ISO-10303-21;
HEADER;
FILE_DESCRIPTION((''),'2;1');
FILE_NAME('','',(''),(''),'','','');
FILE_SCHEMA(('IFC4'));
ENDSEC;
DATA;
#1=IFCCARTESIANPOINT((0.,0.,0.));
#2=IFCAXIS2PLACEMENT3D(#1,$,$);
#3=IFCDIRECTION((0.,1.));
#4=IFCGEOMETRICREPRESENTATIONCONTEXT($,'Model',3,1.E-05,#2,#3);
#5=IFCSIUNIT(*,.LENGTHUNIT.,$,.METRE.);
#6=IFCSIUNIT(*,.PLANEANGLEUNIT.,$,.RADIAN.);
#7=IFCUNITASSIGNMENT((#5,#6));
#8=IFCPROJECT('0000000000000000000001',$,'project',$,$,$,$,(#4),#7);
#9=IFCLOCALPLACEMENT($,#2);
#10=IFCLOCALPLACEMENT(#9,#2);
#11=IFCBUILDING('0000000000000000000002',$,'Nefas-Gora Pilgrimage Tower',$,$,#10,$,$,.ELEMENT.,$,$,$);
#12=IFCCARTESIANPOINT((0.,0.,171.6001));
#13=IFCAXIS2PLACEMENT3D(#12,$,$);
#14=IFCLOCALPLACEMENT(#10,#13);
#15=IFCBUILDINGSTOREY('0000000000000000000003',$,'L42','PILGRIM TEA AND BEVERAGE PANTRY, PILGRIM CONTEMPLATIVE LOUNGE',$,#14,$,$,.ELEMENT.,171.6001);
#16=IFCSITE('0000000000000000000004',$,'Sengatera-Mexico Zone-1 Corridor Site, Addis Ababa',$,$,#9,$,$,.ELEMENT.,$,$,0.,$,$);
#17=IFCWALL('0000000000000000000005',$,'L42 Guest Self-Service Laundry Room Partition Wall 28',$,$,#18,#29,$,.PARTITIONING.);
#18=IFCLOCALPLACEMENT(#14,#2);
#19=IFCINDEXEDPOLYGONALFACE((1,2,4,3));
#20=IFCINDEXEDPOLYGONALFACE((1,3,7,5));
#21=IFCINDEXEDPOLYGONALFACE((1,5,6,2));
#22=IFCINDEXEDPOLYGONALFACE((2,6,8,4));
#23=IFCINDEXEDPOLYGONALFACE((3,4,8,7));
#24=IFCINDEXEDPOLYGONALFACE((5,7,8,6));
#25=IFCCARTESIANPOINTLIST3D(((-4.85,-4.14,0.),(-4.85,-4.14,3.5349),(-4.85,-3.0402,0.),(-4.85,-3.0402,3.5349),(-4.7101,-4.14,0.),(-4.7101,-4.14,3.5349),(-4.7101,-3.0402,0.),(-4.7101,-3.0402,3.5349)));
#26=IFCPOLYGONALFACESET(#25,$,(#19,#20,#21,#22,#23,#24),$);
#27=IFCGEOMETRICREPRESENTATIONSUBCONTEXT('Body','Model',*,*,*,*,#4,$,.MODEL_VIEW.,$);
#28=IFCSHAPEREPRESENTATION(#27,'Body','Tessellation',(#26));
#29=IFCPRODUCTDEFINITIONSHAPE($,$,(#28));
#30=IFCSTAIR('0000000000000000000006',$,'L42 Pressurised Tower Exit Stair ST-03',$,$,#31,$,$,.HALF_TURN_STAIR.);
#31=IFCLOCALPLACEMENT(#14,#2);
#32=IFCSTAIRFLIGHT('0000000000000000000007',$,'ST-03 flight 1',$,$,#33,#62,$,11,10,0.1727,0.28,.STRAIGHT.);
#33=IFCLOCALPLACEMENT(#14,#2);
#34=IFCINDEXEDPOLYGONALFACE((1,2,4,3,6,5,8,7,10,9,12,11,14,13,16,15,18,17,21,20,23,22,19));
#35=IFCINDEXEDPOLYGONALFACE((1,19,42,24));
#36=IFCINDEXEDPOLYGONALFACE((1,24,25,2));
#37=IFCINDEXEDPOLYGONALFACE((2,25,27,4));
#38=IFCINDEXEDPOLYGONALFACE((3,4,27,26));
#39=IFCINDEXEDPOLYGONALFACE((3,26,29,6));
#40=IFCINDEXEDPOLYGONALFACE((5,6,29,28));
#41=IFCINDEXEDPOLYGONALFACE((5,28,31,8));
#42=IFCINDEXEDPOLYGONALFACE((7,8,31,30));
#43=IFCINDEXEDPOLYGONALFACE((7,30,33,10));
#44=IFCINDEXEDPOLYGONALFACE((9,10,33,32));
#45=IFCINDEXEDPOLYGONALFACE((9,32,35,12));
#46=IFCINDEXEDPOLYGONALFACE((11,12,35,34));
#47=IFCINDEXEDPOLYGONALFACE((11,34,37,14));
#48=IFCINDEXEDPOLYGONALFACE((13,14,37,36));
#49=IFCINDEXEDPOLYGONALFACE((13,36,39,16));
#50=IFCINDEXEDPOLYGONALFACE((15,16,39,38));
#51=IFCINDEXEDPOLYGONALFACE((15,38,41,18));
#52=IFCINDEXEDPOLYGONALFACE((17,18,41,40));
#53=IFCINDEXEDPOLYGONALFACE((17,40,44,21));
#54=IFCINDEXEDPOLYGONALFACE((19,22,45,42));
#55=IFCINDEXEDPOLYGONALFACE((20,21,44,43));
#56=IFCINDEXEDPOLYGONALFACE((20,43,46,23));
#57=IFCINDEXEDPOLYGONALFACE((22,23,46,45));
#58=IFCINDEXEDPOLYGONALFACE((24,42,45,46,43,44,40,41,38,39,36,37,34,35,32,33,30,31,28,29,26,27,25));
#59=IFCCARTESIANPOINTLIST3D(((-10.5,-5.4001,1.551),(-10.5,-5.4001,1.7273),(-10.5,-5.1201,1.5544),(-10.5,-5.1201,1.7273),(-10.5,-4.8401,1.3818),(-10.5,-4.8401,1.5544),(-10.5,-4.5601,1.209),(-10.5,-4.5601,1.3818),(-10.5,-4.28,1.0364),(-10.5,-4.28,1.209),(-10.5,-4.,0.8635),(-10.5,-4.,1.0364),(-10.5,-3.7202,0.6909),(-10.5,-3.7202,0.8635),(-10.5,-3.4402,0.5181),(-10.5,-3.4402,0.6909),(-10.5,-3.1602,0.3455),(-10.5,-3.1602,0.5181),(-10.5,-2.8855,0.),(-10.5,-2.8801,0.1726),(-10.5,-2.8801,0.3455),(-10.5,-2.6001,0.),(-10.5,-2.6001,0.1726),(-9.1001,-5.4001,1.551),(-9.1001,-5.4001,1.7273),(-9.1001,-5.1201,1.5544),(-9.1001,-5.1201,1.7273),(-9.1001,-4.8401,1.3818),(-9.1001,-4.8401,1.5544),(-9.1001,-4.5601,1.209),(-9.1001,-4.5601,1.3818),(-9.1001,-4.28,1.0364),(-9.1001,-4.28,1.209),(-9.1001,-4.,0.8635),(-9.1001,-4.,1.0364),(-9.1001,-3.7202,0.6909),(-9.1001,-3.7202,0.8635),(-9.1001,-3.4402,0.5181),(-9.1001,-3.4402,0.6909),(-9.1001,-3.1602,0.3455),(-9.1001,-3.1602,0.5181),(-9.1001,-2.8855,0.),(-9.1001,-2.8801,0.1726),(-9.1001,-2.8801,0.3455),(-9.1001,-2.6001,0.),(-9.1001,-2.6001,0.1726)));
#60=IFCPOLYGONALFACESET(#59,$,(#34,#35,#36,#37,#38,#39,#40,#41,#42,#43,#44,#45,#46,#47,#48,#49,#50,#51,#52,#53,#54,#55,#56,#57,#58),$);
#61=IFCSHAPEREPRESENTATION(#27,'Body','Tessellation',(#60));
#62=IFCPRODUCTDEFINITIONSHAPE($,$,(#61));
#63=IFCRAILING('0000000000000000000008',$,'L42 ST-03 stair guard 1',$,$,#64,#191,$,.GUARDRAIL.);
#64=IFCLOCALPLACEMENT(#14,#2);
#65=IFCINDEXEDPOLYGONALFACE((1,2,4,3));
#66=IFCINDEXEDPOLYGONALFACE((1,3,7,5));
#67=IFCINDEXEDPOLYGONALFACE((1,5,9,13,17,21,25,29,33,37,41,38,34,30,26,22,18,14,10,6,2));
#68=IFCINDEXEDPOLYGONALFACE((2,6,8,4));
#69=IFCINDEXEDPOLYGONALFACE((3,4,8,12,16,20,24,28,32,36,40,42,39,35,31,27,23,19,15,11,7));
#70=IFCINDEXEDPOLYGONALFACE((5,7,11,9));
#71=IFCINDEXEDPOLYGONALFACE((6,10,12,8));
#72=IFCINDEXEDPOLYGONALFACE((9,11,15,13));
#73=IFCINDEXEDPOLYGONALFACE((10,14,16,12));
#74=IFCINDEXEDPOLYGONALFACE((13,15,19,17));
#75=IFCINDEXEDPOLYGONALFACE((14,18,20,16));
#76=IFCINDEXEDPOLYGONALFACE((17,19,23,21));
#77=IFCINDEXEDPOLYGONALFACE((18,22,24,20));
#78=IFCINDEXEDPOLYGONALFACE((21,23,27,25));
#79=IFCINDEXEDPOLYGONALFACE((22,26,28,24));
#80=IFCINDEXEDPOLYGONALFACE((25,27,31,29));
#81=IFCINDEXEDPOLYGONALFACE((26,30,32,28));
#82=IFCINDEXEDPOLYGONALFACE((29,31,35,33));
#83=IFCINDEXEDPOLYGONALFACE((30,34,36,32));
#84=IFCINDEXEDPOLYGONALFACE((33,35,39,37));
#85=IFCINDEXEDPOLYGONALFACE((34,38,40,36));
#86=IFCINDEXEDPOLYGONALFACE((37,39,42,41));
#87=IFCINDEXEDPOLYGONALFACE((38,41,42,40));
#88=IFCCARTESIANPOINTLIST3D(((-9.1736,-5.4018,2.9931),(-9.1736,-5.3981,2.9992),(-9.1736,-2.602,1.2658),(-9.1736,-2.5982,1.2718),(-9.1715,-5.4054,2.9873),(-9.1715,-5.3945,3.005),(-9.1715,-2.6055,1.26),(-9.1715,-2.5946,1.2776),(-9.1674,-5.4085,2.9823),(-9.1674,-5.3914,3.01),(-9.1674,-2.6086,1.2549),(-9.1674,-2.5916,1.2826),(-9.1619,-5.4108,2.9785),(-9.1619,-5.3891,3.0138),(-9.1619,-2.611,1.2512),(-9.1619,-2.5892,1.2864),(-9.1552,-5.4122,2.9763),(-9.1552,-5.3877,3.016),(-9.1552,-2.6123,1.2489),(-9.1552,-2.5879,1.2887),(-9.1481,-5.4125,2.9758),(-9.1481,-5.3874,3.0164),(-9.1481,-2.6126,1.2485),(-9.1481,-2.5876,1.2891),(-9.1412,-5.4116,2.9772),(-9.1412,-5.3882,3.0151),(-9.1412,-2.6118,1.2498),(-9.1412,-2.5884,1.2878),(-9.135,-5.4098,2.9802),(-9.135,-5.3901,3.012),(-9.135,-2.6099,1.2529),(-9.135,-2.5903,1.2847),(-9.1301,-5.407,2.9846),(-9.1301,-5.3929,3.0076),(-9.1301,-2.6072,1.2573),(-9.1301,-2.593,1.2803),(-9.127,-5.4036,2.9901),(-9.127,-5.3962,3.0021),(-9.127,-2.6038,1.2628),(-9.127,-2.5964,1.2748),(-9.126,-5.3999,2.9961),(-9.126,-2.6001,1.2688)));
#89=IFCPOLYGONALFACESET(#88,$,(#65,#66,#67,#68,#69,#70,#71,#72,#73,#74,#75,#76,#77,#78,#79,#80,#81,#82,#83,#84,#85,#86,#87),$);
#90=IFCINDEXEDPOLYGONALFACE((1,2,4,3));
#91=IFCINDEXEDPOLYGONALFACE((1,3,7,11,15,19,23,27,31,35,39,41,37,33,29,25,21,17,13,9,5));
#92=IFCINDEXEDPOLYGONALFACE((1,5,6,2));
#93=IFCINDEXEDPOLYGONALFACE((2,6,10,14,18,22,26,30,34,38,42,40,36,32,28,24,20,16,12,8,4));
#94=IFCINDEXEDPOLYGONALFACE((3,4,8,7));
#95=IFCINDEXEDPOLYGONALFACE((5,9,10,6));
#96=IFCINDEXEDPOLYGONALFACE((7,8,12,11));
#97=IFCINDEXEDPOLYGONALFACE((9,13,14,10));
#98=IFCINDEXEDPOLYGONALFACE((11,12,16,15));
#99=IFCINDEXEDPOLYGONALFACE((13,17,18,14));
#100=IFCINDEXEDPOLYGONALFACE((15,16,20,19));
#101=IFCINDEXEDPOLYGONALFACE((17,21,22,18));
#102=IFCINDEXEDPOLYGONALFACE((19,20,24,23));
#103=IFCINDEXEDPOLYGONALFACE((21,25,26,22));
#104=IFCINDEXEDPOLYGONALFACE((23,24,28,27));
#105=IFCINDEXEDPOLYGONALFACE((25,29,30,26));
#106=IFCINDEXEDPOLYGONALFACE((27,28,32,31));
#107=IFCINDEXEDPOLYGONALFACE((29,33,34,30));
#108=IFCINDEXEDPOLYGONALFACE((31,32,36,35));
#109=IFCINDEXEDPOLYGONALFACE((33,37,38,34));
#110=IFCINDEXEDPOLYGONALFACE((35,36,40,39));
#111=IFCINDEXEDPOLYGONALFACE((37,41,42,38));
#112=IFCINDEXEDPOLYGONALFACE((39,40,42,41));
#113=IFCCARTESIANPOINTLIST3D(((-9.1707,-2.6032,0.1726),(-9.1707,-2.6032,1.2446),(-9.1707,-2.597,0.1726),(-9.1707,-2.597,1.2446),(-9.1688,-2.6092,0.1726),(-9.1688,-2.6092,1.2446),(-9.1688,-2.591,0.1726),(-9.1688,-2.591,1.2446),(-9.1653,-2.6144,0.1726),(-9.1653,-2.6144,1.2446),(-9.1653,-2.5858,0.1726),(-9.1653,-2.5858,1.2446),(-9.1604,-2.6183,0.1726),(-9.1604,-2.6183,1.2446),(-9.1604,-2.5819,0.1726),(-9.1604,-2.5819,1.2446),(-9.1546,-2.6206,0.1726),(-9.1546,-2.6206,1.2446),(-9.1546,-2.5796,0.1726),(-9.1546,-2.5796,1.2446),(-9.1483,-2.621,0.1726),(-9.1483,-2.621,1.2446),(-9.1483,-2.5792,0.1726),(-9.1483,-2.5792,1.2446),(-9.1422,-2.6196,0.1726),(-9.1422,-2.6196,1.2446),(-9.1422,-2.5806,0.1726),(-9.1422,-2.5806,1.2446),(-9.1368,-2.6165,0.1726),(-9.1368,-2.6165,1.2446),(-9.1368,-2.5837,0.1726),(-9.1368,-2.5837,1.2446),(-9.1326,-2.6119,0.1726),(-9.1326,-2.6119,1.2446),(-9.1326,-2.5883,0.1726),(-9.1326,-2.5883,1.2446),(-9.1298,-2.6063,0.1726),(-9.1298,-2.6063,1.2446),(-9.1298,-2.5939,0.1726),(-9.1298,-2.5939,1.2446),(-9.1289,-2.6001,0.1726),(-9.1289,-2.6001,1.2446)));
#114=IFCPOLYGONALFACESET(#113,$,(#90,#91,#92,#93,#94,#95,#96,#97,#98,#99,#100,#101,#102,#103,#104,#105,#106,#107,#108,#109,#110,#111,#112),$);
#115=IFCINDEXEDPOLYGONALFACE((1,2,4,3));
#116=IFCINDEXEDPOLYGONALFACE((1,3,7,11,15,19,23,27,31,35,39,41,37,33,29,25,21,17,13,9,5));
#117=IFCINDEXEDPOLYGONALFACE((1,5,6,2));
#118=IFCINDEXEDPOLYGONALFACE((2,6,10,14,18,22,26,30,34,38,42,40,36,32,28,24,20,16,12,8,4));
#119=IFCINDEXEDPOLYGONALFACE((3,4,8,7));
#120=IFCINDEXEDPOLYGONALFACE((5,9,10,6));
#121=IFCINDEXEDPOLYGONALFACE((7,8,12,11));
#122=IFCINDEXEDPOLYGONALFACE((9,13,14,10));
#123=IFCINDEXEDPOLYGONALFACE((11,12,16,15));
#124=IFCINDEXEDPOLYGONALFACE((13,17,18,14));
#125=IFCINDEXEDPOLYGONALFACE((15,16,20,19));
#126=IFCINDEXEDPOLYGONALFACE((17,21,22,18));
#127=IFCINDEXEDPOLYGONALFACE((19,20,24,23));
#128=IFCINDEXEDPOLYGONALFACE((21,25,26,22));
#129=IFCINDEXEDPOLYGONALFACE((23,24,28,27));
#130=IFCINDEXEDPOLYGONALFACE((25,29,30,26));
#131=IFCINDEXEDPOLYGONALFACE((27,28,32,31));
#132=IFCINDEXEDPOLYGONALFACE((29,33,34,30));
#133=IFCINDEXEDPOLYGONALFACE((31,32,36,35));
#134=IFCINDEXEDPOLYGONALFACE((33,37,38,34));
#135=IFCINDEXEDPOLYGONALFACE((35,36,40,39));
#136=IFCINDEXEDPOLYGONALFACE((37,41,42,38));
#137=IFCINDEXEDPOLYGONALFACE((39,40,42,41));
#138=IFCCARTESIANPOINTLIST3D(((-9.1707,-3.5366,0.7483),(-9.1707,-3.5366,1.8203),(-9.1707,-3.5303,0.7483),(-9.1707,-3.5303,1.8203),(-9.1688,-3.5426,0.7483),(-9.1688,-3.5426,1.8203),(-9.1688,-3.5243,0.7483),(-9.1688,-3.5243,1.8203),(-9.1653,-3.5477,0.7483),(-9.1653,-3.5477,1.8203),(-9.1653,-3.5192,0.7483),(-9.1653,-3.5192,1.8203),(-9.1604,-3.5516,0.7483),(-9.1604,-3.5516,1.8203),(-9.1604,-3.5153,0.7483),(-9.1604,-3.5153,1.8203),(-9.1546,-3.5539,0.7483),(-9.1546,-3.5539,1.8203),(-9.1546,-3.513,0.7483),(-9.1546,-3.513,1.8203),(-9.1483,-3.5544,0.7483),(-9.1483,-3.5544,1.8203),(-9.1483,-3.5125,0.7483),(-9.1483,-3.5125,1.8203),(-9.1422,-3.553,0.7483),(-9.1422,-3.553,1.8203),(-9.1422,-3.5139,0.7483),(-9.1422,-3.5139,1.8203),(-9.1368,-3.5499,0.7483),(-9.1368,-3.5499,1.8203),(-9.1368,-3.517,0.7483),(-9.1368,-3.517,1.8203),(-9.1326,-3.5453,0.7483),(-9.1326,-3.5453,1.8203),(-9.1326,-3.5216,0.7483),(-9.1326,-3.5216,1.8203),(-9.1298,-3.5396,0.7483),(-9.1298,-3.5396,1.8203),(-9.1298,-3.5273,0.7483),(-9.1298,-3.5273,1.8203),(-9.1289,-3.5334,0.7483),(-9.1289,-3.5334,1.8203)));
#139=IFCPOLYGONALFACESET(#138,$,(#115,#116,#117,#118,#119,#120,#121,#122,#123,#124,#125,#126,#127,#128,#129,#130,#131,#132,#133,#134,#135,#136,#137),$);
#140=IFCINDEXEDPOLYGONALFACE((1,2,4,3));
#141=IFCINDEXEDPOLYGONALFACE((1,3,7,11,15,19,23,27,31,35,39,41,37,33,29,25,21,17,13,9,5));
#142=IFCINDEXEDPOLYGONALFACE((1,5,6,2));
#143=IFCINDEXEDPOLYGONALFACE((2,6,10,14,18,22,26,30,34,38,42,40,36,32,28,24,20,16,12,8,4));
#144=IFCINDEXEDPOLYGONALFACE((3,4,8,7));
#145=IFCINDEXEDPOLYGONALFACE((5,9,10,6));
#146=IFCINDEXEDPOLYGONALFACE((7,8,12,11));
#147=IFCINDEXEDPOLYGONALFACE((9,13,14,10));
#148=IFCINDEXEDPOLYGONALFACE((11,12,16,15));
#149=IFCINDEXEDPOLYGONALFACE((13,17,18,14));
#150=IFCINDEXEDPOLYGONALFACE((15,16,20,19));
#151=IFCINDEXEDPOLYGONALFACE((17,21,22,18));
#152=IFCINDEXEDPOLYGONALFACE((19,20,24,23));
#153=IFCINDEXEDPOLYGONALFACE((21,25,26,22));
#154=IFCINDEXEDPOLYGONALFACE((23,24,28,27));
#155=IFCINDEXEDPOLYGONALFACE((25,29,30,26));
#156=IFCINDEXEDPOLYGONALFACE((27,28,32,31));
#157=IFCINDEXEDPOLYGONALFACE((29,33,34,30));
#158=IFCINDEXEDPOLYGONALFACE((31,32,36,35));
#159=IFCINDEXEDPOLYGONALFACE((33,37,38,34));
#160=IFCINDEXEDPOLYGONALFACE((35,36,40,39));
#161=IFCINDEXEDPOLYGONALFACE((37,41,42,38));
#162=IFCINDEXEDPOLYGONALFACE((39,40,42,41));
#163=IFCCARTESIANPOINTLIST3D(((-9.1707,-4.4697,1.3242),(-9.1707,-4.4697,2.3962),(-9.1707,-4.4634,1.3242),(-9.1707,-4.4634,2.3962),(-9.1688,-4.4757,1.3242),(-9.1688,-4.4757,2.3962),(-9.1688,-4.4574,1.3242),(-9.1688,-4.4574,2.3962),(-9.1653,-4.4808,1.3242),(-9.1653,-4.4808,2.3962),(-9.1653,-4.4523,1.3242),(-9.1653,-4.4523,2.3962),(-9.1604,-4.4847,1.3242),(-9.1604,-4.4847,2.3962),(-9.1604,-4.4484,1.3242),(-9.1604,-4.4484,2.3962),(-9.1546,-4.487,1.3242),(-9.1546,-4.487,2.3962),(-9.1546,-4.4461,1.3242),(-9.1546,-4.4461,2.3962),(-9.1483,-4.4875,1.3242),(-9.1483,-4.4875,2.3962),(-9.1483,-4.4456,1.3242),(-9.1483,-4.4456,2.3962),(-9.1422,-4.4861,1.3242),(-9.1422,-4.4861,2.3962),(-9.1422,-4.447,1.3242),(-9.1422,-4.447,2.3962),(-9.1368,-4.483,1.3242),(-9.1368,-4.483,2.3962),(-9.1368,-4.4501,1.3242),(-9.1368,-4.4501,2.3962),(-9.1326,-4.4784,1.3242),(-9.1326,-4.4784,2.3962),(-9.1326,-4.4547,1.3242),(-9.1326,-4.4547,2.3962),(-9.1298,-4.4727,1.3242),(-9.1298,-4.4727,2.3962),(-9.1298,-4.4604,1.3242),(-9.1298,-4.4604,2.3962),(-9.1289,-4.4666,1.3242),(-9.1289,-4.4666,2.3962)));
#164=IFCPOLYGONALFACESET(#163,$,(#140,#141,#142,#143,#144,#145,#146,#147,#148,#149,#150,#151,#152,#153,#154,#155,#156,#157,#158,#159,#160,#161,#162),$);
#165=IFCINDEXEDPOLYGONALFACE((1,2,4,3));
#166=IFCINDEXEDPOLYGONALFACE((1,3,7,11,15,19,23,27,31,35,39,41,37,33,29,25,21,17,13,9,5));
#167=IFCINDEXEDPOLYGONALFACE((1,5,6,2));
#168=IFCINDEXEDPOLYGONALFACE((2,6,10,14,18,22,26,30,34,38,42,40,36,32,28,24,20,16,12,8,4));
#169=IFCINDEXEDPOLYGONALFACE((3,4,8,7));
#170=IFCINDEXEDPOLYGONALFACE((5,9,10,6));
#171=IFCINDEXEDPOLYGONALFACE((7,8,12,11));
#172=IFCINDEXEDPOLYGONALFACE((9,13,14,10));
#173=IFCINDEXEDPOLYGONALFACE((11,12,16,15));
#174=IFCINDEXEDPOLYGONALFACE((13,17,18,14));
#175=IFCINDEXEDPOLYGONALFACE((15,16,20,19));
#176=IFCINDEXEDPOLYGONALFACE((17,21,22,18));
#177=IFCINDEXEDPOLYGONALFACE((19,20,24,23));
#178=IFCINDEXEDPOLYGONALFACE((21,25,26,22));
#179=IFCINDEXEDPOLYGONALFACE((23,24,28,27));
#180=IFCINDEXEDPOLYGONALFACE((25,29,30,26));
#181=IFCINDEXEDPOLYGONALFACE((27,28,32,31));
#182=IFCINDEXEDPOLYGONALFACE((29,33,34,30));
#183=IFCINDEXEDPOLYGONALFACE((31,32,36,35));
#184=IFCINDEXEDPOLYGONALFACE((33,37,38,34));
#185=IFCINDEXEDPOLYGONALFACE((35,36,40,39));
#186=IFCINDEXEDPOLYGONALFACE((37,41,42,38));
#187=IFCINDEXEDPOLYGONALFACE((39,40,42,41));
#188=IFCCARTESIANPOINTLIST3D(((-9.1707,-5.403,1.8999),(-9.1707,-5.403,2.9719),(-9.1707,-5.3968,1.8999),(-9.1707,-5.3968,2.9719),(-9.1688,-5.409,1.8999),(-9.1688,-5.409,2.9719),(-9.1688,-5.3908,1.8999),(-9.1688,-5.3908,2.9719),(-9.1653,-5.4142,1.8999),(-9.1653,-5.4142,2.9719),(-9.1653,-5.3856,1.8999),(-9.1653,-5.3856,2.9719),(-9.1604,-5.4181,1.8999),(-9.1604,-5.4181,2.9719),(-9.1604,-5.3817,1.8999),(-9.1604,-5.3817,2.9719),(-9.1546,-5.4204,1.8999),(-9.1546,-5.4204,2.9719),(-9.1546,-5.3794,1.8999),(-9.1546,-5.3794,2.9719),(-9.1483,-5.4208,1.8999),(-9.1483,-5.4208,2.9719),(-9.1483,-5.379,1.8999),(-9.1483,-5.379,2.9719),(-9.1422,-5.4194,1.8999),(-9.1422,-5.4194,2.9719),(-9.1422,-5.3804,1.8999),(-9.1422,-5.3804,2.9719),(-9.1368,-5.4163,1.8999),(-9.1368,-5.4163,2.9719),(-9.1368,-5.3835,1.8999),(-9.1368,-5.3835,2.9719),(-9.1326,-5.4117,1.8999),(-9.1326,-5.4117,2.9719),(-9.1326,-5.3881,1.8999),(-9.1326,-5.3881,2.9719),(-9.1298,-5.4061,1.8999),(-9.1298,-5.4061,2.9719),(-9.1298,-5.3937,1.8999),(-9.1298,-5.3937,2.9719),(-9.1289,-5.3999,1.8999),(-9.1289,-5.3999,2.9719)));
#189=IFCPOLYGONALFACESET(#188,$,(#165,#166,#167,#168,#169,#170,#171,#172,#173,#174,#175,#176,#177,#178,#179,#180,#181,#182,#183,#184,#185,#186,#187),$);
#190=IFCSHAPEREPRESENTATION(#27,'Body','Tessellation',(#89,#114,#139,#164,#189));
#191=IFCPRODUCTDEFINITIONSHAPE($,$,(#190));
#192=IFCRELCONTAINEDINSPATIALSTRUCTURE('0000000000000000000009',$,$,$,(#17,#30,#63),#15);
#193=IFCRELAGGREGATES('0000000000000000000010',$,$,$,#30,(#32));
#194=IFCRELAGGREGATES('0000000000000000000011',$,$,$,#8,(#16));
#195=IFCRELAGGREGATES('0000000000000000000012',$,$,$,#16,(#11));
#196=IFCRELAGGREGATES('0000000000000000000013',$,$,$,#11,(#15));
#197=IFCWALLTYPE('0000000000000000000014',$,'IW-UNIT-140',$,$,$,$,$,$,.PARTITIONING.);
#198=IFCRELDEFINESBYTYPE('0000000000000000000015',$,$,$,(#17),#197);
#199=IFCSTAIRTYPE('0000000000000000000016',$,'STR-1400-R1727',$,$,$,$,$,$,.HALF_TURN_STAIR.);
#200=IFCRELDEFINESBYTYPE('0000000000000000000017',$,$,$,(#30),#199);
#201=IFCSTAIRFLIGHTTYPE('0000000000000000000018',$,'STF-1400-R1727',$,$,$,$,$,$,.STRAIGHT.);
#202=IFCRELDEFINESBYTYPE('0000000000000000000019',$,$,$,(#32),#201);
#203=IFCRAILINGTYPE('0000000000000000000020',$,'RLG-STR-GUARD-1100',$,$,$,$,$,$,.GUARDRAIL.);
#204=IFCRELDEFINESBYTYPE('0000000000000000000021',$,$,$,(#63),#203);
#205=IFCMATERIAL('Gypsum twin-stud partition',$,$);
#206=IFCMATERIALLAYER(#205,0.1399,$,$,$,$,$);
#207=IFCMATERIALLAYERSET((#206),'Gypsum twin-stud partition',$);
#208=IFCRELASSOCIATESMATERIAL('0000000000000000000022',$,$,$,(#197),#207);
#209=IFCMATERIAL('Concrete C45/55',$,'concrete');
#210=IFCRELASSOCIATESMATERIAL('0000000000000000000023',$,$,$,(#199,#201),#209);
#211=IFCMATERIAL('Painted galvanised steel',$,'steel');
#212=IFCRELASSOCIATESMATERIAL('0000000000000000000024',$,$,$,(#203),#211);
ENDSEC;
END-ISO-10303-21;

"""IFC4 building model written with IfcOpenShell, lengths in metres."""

from ifc_helpers import new_model, si_unit, direction, frame, frame_2d, origin, origin_2d, place, context, subcontext, project, spatial, polyline, rectangle, circle, outline, extrude, source, transform, mapped, material, layer, layer_set, type_object, element, aggregate, save


model = new_model("IFC4")

# Units and contexts
model_context = context("Model", 3, precision=1e-05, world=origin(), true_north=direction((0.0, 1.0)))
body_context = subcontext(model_context, "Body", "Model", "MODEL_VIEW")
ifc_project = project(units=[si_unit("LENGTHUNIT", "METRE"), si_unit("PLANEANGLEUNIT", "RADIAN")], contexts=[model_context])

# Site, building, storey
site_placement = place(None, origin())
site = spatial("IfcSite", under=ifc_project, at=site_placement, Name="Sengatera-Mexico Zone-1 Corridor Site, Addis Ababa", CompositionType="ELEMENT", RefElevation=0.0)
building_placement = place(site_placement, origin())
building = spatial("IfcBuilding", under=site, at=building_placement, Name="Nefas-Gora Pilgrimage Tower", CompositionType="ELEMENT")
storey_placement = place(building_placement, frame((0.0, 0.0, 171.6001)))
storey = spatial("IfcBuildingStorey", under=building, at=storey_placement, Name="L42", Description="PILGRIM TEA AND BEVERAGE PANTRY, PILGRIM CONTEMPLATIVE LOUNGE", CompositionType="ELEMENT", Elevation=171.6001)

# Shared definitions
ifc_material_1 = material(Name="Concrete C45/55", Category="concrete")

# Wall
ifc_material_2 = material(Name="Gypsum twin-stud partition")
ifc_layer_1 = layer(ifc_material_2, 0.1399)
ifc_layer_set_1 = layer_set([ifc_layer_1], Name="Gypsum twin-stud partition")
wall_type_1 = type_object("IfcWallType", Name="IW-UNIT-140", PredefinedType="PARTITIONING", material=ifc_layer_set_1)
shared_shape_1 = source(origin(), body_context, "Body", "SweptSolid", [
    extrude(rectangle(XDim=1.0999, YDim=0.1399, at=frame_2d((0.5498, 0.0))), origin(), (0.0, 0.0, 1.0), 3.5349),
])
wall_1_placement = place(storey_placement, frame((-4.78, -4.1399, 0.0), z_axis=(0.0, 0.0, 1.0), x_axis=(0.0, 1.0, 0.0)))
element("IfcWall", 1, at=wall_1_placement, inside=storey, type_object=wall_type_1, Name="L42 Guest Self-Service Laundry Room Partition Wall 28", PredefinedType="PARTITIONING", context=body_context, shape_type="MappedRepresentation", body=[
    mapped(shared_shape_1, transform((0.0, 0.0, 0.0), x_axis=(1.0, 0.0, 0.0), y_axis=(0.0, 1.0, 0.0), z_axis=(0.0, 0.0, 1.0), scale=1.0)),
])

# Stair, stair flight
stair_type = type_object("IfcStairType", Name="STR-1400-R1727", PredefinedType="HALF_TURN_STAIR", material=ifc_material_1)
stair_placement = place(storey_placement, origin())
stair = element("IfcStair", 2, at=stair_placement, inside=storey, type_object=stair_type, Name="L42 Pressurised Tower Exit Stair ST-03", PredefinedType="HALF_TURN_STAIR")
stair_flight_type = type_object("IfcStairFlightType", Name="STF-1400-R1727", PredefinedType="STRAIGHT", material=ifc_material_1)
shared_shape_2 = source(origin(), body_context, "Body", "SweptSolid", [
    extrude(outline(polyline([(0.0, 0.0), (0.0, 0.1726), (0.28, 0.1726), (0.28, 0.3455), (0.5601, 0.3455), (0.5601, 0.5181), (0.8401, 0.5181), (0.8401, 0.6909), (1.1201, 0.6909), (1.1201, 0.8635), (1.3999, 0.8635), (1.3999, 1.0364), (1.6799, 1.0364), (1.6799, 1.209), (1.96, 1.209), (1.96, 1.3818), (2.24, 1.3818), (2.24, 1.5544), (2.52, 1.5544), (2.52, 1.7273), (2.8, 1.7273), (2.8, 1.8999), (2.8, 1.551), (0.2854, 0.0), (0.0, 0.0)])), frame((0.0, 0.7, 0.0), z_axis=(0.0, -1.0, 0.0), x_axis=(1.0, 0.0, 0.0)), (0.0, 0.0, 1.0), 1.3999),
])
stair_flight_placement = place(storey_placement, frame((-9.8, -2.6001, 0.0), z_axis=(0.0, 0.0, 1.0), x_axis=(0.0, -1.0, 0.0)))
stair_flight = element("IfcStairFlight", 3, at=stair_flight_placement, type_object=stair_flight_type, Name="ST-03 flight 1", NumberOfRisers=11, NumberOfTreads=10, PredefinedType="STRAIGHT", RiserHeight=0.1727, TreadLength=0.28, context=body_context, shape_type="MappedRepresentation", body=[
    mapped(shared_shape_2, transform((0.0, 0.0, 0.0), x_axis=(1.0, 0.0, 0.0), y_axis=(0.0, 1.0, 0.0), z_axis=(0.0, 0.0, 1.0), scale=1.0)),
])
aggregate(stair, [stair_flight])

# Railing
ifc_material_3 = material(Name="Painted galvanised steel", Category="steel")
railing_type_1 = type_object("IfcRailingType", Name="RLG-STR-GUARD-1100", PredefinedType="GUARDRAIL", material=ifc_material_3)
railing_1_placement = place(storey_placement, frame((-9.1499, -2.6001, 0.1726)))
element("IfcRailing", 4, at=railing_1_placement, inside=storey, type_object=railing_type_1, Name="L42 ST-03 stair guard 1", PredefinedType="GUARDRAIL", context=body_context, shape_type="SweptSolid", body=[
    extrude(circle(Radius=0.0239, at=origin_2d()), frame((0.0, 0.0, 1.0962), z_axis=(0.0, -0.851069, 0.525054), x_axis=(1.0, 0.0, 0.0)), (0.0, 0.0, 1.0), 3.2898),
    extrude(circle(Radius=0.021, at=origin_2d()), origin(), (0.0, 0.0, 1.0), 1.072),
    extrude(circle(Radius=0.021, at=origin_2d()), frame((0.0, -0.9333, 0.5757)), (0.0, 0.0, 1.0), 1.072),
    extrude(circle(Radius=0.021, at=origin_2d()), frame((0.0, -1.8665, 1.1516)), (0.0, 0.0, 1.0), 1.072),
    extrude(circle(Radius=0.021, at=origin_2d()), frame((0.0, -2.7998, 1.7273)), (0.0, 0.0, 1.0), 1.072),
])

save(model, "model.ifc")
